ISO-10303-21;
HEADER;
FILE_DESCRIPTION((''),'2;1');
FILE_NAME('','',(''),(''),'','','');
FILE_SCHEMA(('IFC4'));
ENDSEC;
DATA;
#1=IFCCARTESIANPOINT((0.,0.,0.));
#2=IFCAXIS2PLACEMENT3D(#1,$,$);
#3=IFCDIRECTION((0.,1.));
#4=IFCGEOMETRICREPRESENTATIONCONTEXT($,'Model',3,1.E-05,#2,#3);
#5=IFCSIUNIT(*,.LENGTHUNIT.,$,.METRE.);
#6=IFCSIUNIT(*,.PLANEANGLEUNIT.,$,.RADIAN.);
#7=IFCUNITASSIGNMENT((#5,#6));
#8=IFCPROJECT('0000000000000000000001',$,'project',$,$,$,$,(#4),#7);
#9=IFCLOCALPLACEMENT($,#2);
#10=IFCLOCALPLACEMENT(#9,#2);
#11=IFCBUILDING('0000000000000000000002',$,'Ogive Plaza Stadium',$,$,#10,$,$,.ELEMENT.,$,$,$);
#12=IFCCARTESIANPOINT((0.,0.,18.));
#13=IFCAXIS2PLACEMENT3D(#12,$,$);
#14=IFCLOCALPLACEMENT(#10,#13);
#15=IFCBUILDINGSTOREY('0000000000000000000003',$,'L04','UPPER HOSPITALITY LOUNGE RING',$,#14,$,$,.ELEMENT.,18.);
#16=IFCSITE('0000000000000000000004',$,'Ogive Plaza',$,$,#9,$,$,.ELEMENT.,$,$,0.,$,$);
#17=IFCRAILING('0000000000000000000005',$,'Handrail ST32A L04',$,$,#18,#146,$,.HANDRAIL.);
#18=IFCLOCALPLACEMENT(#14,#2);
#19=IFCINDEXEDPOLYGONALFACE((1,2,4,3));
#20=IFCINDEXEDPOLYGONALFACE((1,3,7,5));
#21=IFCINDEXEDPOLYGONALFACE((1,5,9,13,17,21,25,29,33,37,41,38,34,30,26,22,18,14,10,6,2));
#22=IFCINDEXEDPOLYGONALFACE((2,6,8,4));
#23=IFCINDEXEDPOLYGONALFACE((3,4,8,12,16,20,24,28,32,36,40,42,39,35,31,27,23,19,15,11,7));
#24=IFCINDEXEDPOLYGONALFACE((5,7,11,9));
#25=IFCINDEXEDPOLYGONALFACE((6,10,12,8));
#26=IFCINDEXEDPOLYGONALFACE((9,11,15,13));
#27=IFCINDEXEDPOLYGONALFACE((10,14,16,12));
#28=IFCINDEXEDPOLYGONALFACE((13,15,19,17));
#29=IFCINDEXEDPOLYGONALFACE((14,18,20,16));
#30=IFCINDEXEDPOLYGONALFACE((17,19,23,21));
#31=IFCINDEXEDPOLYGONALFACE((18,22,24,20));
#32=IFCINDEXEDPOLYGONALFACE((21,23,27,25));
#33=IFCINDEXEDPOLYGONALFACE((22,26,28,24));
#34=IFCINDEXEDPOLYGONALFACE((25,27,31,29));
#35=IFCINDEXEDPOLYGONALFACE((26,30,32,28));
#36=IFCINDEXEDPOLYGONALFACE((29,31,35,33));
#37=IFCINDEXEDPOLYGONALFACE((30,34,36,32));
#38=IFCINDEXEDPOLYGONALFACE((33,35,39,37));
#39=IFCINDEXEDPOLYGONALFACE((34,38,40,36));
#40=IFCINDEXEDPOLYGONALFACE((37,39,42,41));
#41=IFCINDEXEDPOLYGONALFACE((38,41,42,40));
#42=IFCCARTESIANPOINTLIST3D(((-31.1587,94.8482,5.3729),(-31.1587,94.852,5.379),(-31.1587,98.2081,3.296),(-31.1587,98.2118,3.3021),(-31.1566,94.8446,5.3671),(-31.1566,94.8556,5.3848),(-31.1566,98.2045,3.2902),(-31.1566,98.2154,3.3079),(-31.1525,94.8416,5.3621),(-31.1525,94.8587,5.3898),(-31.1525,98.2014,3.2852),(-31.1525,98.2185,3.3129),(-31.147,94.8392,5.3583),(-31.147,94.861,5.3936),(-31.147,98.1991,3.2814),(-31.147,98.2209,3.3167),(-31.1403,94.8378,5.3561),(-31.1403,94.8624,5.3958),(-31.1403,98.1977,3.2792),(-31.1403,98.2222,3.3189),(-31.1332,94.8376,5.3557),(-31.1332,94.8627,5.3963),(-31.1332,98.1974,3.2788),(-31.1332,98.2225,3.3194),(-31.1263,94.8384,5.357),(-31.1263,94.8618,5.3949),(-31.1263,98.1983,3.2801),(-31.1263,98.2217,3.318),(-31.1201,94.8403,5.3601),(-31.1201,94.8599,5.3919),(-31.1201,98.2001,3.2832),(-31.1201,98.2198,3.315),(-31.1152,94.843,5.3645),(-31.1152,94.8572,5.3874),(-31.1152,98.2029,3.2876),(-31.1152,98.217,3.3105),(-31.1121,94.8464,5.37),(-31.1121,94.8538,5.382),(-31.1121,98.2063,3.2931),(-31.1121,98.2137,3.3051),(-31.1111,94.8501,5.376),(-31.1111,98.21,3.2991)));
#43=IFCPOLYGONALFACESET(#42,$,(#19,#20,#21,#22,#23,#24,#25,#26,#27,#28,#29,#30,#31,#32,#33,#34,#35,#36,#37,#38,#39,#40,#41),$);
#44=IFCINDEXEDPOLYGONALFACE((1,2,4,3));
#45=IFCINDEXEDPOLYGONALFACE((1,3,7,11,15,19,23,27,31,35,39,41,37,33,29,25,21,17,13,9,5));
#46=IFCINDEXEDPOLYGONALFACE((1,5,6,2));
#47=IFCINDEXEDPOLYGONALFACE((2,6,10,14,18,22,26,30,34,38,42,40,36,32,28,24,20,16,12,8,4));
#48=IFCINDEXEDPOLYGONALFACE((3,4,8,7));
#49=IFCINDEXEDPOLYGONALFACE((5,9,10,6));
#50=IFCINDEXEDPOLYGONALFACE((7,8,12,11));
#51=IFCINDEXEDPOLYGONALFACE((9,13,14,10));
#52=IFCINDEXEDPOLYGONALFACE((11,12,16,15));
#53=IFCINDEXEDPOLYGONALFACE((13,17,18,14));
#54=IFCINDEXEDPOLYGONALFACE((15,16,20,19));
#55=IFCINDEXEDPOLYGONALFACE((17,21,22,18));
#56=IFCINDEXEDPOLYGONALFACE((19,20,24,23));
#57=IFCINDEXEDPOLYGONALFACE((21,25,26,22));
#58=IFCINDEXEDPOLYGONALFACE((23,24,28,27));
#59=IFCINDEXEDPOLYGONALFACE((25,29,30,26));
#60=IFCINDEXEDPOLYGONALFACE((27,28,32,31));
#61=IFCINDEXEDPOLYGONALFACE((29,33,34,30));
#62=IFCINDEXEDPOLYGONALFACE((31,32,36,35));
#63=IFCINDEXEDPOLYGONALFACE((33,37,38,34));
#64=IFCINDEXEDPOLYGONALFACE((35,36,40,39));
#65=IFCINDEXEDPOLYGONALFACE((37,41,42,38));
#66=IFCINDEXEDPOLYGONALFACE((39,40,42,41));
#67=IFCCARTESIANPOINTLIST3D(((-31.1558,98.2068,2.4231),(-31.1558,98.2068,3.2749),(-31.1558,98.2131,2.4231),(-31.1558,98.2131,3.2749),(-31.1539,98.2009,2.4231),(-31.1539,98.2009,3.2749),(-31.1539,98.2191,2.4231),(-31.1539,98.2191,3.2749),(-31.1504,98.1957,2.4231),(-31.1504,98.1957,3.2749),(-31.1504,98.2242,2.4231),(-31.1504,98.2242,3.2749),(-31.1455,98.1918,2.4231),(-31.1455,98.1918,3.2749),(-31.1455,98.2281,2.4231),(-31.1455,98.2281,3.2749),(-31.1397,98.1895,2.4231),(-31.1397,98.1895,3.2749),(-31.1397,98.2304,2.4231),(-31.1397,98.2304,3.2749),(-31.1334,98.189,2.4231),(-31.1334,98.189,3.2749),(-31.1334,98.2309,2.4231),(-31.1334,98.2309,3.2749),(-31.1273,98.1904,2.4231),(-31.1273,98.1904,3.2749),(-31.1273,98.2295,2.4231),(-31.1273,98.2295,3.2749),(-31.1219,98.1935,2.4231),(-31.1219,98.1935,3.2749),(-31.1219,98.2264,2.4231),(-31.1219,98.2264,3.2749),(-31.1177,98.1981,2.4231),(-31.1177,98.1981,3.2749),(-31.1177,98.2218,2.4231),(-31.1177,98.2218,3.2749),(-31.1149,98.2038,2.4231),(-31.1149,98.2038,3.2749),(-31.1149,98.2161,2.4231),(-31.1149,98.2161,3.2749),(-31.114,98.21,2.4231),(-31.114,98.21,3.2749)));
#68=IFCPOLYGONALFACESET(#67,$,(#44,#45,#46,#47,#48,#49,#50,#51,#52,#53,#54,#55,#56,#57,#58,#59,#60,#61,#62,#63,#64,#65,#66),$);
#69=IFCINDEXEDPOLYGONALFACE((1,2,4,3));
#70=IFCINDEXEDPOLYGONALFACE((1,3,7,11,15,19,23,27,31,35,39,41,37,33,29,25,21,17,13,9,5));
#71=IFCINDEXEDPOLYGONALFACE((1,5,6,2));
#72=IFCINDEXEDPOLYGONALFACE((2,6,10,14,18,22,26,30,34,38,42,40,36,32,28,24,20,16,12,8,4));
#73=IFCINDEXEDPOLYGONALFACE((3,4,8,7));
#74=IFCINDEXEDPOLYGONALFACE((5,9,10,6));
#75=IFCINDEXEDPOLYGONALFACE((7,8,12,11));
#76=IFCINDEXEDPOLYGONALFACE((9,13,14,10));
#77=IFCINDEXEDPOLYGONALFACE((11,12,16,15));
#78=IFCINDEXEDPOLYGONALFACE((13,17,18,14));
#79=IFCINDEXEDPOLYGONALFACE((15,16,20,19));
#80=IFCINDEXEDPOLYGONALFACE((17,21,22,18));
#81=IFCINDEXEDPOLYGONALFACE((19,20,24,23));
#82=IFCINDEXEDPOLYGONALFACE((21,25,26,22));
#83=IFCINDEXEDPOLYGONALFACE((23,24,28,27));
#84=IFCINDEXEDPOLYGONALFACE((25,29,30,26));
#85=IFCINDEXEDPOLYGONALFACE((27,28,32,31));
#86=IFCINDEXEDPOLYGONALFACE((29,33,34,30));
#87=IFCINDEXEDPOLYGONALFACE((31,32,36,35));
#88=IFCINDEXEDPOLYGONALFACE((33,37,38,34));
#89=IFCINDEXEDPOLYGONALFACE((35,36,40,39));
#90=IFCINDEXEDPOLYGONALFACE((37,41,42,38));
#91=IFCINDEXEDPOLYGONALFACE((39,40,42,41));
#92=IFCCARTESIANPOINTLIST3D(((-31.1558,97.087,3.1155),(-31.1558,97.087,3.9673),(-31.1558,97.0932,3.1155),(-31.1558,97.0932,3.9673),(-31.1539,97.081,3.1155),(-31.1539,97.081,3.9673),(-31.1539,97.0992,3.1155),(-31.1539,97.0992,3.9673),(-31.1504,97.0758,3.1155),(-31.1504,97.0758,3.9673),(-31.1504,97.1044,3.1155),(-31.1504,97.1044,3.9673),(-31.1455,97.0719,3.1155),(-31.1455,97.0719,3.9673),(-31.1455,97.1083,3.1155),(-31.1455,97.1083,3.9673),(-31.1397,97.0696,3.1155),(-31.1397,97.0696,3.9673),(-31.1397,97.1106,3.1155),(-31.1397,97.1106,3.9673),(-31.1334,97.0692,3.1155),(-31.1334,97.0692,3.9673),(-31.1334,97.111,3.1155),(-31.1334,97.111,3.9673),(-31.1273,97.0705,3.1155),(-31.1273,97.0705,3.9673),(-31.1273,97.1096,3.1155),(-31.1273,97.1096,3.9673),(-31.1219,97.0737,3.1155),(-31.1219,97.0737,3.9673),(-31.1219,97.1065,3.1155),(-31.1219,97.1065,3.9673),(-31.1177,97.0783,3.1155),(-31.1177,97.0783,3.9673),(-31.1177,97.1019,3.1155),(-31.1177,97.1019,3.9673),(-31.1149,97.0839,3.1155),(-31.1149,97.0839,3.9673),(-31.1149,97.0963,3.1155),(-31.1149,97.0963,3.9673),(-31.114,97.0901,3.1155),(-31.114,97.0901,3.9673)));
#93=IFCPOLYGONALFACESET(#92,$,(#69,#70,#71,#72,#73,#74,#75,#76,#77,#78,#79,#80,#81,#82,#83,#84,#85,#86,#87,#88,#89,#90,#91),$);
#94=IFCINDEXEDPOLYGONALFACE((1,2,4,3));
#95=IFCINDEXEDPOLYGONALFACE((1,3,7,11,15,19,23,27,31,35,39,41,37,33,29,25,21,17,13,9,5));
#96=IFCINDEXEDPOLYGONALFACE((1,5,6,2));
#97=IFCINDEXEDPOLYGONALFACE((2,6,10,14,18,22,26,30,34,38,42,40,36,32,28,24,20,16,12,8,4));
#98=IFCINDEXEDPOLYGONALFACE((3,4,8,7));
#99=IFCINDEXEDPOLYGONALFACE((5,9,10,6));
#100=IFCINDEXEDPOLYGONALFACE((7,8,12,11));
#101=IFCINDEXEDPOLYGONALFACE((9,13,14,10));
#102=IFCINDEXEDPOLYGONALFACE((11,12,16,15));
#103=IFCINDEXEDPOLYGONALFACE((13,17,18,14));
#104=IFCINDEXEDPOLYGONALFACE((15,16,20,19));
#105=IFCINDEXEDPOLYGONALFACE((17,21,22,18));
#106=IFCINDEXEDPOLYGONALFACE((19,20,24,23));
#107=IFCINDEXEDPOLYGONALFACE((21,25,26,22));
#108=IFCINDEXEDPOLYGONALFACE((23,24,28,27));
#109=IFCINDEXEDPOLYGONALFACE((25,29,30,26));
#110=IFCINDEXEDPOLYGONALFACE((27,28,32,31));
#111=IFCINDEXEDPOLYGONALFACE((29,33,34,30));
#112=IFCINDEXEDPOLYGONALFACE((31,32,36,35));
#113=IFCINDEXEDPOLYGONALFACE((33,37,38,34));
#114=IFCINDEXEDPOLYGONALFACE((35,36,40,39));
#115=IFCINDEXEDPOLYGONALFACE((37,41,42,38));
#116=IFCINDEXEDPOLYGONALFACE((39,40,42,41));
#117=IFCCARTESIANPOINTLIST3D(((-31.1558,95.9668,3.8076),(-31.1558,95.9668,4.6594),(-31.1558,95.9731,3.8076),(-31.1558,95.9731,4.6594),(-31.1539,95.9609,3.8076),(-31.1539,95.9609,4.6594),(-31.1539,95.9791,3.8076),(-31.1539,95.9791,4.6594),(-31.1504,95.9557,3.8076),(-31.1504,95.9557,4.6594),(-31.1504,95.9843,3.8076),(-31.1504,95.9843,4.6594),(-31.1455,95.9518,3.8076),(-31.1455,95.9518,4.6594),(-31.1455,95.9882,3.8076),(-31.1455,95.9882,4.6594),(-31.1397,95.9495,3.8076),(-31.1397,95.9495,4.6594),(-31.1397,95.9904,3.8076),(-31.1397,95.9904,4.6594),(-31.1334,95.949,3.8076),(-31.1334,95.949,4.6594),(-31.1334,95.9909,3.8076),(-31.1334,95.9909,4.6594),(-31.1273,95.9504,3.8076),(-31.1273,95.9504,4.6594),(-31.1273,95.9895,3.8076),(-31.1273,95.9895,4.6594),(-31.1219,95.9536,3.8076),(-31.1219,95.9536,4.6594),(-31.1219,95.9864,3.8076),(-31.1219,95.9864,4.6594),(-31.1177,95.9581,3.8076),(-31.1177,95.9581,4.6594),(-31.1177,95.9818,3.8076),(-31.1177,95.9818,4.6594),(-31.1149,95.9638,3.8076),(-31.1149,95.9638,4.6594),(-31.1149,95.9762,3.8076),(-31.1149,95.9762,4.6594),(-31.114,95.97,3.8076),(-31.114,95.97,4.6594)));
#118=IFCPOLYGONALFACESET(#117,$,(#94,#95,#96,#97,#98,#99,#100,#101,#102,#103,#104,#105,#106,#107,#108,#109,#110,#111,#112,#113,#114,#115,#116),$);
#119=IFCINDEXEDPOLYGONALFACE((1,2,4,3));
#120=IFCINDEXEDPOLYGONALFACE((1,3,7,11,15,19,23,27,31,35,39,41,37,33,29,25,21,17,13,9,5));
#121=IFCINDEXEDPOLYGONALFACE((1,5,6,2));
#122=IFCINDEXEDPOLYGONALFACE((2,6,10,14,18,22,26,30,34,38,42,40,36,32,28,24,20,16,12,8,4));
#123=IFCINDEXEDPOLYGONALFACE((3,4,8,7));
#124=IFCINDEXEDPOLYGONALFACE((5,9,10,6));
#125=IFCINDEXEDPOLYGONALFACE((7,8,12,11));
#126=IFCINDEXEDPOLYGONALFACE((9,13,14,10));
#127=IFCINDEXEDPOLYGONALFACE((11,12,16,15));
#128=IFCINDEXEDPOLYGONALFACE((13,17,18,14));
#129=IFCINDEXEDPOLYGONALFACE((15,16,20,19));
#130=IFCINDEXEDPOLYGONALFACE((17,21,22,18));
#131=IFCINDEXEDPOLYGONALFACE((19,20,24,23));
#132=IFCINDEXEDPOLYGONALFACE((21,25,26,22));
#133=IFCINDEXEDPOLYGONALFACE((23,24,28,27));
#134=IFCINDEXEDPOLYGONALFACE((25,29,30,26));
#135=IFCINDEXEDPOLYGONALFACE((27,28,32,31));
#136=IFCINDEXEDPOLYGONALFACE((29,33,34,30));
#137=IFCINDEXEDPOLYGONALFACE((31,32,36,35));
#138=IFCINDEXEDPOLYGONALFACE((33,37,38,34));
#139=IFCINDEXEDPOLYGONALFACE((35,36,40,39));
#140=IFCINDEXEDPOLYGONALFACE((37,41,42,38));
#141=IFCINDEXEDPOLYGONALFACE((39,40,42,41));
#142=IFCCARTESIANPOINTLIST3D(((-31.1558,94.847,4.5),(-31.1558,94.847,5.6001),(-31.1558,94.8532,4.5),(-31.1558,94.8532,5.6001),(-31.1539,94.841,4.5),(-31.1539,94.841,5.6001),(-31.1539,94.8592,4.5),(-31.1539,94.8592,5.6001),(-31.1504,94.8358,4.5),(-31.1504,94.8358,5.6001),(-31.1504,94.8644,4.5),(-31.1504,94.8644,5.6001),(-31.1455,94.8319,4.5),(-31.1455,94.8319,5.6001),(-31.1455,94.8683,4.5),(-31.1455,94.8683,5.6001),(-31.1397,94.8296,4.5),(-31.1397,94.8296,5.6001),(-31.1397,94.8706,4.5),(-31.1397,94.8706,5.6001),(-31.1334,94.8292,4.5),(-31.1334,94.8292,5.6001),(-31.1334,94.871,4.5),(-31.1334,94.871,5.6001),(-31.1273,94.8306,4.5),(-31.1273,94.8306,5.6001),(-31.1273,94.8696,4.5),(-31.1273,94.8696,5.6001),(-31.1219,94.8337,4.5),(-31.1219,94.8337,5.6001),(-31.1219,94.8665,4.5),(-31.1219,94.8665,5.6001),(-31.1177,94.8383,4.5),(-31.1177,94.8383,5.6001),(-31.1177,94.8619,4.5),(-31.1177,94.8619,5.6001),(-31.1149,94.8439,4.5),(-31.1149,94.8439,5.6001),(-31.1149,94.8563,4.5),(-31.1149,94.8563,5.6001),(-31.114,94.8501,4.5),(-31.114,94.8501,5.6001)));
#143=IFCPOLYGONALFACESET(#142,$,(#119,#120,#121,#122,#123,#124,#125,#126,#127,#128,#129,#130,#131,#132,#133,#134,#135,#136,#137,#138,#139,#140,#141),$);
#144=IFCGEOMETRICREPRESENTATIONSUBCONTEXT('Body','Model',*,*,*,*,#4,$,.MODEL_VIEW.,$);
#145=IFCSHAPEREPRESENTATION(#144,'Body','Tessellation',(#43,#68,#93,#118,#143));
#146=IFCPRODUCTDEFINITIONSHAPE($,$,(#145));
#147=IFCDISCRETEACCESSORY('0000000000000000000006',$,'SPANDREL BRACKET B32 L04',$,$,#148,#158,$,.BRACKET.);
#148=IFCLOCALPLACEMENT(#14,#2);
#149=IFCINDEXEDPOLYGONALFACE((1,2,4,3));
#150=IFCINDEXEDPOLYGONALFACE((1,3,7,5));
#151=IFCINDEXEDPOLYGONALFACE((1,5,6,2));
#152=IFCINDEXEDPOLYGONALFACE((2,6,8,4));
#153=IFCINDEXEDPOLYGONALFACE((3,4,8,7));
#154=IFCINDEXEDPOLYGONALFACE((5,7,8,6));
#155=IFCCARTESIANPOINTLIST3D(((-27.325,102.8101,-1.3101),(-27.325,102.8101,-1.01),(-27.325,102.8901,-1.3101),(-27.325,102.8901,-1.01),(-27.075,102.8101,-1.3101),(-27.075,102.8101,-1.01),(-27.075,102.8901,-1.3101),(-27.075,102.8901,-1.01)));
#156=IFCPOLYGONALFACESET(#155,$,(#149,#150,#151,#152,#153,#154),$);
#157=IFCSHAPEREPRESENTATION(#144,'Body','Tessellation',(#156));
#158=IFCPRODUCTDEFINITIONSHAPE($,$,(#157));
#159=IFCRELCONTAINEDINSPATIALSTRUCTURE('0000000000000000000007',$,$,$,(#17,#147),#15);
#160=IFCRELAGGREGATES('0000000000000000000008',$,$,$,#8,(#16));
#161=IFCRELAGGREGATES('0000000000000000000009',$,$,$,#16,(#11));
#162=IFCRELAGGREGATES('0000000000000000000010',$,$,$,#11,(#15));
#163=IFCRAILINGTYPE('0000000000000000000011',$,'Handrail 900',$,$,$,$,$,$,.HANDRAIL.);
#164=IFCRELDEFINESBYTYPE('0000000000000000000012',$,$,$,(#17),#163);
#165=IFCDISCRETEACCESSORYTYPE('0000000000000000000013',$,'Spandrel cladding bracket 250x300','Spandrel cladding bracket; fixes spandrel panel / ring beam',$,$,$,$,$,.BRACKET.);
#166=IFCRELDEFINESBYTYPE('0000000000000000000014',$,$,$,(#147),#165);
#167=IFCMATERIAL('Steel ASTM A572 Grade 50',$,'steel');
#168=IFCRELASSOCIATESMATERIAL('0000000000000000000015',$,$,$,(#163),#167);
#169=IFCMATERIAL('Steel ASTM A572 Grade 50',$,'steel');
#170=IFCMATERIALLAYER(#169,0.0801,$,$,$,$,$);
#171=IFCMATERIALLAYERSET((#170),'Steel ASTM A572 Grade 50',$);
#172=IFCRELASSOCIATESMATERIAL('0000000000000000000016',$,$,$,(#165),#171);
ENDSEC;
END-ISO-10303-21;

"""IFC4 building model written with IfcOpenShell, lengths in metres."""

from ifc_helpers import new_model, si_unit, direction, frame, origin, origin_2d, place, context, subcontext, project, spatial, rectangle, circle, extrude, material, layer, layer_set, type_object, element, save


model = new_model("IFC4")

# Units and contexts
model_context = context("Model", 3, precision=1e-05, world=origin(), true_north=direction((0.0, 1.0)))
body_context = subcontext(model_context, "Body", "Model", "MODEL_VIEW")
ifc_project = project(units=[si_unit("LENGTHUNIT", "METRE"), si_unit("PLANEANGLEUNIT", "RADIAN")], contexts=[model_context])

# Site, building, storey
site_placement = place(None, origin())
site = spatial("IfcSite", under=ifc_project, at=site_placement, Name="Ogive Plaza", CompositionType="ELEMENT", RefElevation=0.0)
building_placement = place(site_placement, origin())
building = spatial("IfcBuilding", under=site, at=building_placement, Name="Ogive Plaza Stadium", CompositionType="ELEMENT")
storey_placement = place(building_placement, frame((0.0, 0.0, 18.0)))
storey = spatial("IfcBuildingStorey", under=building, at=storey_placement, Name="L04", Description="UPPER HOSPITALITY LOUNGE RING", CompositionType="ELEMENT", Elevation=18.0)

# Railing
ifc_material_1 = material(Name="Steel ASTM A572 Grade 50", Category="steel")
railing_type_1 = type_object("IfcRailingType", Name="Handrail 900", PredefinedType="HANDRAIL", material=ifc_material_1)
railing_placement = place(storey_placement, frame((-31.135, 98.21, 2.4231)))
element("IfcRailing", 1, at=railing_placement, inside=storey, type_object=railing_type_1, Name="Handrail ST32A L04", PredefinedType="HANDRAIL", context=body_context, shape_type="SweptSolid", body=[
    extrude(circle(Radius=0.0239, at=origin_2d()), frame((0.0, 0.0, 0.876), z_axis=(0.0, -0.850606, 0.525803), x_axis=(1.0, 0.0, 0.0)), (0.0, 0.0, 1.0), 3.95),
    extrude(circle(Radius=0.021, at=origin_2d()), origin(), (0.0, 0.0, 1.0), 0.8518),
    extrude(circle(Radius=0.021, at=origin_2d()), frame((0.0, -1.1199, 0.6924)), (0.0, 0.0, 1.0), 0.8518),
    extrude(circle(Radius=0.021, at=origin_2d()), frame((0.0, -2.24, 1.3845)), (0.0, 0.0, 1.0), 0.8518),
    extrude(circle(Radius=0.021, at=origin_2d()), frame((0.0, -3.3599, 2.0769)), (0.0, 0.0, 1.0), 1.1001),
])

# Discrete accessory
ifc_material_2 = material(Name="Steel ASTM A572 Grade 50", Category="steel")
ifc_layer_1 = layer(ifc_material_2, 0.0801)
ifc_layer_set_1 = layer_set([ifc_layer_1], Name="Steel ASTM A572 Grade 50")
discrete_accessory_type = type_object("IfcDiscreteAccessoryType", Name="Spandrel cladding bracket 250x300", Description="Spandrel cladding bracket; fixes spandrel panel / ring beam", PredefinedType="BRACKET", material=ifc_layer_set_1)
discrete_accessory_placement = place(storey_placement, frame((-27.2, 102.8501, -1.3101), z_axis=(0.0, 0.0, 1.0), x_axis=(1.0, 0.0, 0.0)))
element("IfcDiscreteAccessory", 2, at=discrete_accessory_placement, inside=storey, type_object=discrete_accessory_type, Name="SPANDREL BRACKET B32 L04", PredefinedType="BRACKET", context=body_context, shape_type="SweptSolid", body=[
    extrude(rectangle(XDim=0.25, YDim=0.0801, at=origin_2d()), origin(), (0.0, 0.0, 1.0), 0.3),
])

save(model, "model.ifc")
